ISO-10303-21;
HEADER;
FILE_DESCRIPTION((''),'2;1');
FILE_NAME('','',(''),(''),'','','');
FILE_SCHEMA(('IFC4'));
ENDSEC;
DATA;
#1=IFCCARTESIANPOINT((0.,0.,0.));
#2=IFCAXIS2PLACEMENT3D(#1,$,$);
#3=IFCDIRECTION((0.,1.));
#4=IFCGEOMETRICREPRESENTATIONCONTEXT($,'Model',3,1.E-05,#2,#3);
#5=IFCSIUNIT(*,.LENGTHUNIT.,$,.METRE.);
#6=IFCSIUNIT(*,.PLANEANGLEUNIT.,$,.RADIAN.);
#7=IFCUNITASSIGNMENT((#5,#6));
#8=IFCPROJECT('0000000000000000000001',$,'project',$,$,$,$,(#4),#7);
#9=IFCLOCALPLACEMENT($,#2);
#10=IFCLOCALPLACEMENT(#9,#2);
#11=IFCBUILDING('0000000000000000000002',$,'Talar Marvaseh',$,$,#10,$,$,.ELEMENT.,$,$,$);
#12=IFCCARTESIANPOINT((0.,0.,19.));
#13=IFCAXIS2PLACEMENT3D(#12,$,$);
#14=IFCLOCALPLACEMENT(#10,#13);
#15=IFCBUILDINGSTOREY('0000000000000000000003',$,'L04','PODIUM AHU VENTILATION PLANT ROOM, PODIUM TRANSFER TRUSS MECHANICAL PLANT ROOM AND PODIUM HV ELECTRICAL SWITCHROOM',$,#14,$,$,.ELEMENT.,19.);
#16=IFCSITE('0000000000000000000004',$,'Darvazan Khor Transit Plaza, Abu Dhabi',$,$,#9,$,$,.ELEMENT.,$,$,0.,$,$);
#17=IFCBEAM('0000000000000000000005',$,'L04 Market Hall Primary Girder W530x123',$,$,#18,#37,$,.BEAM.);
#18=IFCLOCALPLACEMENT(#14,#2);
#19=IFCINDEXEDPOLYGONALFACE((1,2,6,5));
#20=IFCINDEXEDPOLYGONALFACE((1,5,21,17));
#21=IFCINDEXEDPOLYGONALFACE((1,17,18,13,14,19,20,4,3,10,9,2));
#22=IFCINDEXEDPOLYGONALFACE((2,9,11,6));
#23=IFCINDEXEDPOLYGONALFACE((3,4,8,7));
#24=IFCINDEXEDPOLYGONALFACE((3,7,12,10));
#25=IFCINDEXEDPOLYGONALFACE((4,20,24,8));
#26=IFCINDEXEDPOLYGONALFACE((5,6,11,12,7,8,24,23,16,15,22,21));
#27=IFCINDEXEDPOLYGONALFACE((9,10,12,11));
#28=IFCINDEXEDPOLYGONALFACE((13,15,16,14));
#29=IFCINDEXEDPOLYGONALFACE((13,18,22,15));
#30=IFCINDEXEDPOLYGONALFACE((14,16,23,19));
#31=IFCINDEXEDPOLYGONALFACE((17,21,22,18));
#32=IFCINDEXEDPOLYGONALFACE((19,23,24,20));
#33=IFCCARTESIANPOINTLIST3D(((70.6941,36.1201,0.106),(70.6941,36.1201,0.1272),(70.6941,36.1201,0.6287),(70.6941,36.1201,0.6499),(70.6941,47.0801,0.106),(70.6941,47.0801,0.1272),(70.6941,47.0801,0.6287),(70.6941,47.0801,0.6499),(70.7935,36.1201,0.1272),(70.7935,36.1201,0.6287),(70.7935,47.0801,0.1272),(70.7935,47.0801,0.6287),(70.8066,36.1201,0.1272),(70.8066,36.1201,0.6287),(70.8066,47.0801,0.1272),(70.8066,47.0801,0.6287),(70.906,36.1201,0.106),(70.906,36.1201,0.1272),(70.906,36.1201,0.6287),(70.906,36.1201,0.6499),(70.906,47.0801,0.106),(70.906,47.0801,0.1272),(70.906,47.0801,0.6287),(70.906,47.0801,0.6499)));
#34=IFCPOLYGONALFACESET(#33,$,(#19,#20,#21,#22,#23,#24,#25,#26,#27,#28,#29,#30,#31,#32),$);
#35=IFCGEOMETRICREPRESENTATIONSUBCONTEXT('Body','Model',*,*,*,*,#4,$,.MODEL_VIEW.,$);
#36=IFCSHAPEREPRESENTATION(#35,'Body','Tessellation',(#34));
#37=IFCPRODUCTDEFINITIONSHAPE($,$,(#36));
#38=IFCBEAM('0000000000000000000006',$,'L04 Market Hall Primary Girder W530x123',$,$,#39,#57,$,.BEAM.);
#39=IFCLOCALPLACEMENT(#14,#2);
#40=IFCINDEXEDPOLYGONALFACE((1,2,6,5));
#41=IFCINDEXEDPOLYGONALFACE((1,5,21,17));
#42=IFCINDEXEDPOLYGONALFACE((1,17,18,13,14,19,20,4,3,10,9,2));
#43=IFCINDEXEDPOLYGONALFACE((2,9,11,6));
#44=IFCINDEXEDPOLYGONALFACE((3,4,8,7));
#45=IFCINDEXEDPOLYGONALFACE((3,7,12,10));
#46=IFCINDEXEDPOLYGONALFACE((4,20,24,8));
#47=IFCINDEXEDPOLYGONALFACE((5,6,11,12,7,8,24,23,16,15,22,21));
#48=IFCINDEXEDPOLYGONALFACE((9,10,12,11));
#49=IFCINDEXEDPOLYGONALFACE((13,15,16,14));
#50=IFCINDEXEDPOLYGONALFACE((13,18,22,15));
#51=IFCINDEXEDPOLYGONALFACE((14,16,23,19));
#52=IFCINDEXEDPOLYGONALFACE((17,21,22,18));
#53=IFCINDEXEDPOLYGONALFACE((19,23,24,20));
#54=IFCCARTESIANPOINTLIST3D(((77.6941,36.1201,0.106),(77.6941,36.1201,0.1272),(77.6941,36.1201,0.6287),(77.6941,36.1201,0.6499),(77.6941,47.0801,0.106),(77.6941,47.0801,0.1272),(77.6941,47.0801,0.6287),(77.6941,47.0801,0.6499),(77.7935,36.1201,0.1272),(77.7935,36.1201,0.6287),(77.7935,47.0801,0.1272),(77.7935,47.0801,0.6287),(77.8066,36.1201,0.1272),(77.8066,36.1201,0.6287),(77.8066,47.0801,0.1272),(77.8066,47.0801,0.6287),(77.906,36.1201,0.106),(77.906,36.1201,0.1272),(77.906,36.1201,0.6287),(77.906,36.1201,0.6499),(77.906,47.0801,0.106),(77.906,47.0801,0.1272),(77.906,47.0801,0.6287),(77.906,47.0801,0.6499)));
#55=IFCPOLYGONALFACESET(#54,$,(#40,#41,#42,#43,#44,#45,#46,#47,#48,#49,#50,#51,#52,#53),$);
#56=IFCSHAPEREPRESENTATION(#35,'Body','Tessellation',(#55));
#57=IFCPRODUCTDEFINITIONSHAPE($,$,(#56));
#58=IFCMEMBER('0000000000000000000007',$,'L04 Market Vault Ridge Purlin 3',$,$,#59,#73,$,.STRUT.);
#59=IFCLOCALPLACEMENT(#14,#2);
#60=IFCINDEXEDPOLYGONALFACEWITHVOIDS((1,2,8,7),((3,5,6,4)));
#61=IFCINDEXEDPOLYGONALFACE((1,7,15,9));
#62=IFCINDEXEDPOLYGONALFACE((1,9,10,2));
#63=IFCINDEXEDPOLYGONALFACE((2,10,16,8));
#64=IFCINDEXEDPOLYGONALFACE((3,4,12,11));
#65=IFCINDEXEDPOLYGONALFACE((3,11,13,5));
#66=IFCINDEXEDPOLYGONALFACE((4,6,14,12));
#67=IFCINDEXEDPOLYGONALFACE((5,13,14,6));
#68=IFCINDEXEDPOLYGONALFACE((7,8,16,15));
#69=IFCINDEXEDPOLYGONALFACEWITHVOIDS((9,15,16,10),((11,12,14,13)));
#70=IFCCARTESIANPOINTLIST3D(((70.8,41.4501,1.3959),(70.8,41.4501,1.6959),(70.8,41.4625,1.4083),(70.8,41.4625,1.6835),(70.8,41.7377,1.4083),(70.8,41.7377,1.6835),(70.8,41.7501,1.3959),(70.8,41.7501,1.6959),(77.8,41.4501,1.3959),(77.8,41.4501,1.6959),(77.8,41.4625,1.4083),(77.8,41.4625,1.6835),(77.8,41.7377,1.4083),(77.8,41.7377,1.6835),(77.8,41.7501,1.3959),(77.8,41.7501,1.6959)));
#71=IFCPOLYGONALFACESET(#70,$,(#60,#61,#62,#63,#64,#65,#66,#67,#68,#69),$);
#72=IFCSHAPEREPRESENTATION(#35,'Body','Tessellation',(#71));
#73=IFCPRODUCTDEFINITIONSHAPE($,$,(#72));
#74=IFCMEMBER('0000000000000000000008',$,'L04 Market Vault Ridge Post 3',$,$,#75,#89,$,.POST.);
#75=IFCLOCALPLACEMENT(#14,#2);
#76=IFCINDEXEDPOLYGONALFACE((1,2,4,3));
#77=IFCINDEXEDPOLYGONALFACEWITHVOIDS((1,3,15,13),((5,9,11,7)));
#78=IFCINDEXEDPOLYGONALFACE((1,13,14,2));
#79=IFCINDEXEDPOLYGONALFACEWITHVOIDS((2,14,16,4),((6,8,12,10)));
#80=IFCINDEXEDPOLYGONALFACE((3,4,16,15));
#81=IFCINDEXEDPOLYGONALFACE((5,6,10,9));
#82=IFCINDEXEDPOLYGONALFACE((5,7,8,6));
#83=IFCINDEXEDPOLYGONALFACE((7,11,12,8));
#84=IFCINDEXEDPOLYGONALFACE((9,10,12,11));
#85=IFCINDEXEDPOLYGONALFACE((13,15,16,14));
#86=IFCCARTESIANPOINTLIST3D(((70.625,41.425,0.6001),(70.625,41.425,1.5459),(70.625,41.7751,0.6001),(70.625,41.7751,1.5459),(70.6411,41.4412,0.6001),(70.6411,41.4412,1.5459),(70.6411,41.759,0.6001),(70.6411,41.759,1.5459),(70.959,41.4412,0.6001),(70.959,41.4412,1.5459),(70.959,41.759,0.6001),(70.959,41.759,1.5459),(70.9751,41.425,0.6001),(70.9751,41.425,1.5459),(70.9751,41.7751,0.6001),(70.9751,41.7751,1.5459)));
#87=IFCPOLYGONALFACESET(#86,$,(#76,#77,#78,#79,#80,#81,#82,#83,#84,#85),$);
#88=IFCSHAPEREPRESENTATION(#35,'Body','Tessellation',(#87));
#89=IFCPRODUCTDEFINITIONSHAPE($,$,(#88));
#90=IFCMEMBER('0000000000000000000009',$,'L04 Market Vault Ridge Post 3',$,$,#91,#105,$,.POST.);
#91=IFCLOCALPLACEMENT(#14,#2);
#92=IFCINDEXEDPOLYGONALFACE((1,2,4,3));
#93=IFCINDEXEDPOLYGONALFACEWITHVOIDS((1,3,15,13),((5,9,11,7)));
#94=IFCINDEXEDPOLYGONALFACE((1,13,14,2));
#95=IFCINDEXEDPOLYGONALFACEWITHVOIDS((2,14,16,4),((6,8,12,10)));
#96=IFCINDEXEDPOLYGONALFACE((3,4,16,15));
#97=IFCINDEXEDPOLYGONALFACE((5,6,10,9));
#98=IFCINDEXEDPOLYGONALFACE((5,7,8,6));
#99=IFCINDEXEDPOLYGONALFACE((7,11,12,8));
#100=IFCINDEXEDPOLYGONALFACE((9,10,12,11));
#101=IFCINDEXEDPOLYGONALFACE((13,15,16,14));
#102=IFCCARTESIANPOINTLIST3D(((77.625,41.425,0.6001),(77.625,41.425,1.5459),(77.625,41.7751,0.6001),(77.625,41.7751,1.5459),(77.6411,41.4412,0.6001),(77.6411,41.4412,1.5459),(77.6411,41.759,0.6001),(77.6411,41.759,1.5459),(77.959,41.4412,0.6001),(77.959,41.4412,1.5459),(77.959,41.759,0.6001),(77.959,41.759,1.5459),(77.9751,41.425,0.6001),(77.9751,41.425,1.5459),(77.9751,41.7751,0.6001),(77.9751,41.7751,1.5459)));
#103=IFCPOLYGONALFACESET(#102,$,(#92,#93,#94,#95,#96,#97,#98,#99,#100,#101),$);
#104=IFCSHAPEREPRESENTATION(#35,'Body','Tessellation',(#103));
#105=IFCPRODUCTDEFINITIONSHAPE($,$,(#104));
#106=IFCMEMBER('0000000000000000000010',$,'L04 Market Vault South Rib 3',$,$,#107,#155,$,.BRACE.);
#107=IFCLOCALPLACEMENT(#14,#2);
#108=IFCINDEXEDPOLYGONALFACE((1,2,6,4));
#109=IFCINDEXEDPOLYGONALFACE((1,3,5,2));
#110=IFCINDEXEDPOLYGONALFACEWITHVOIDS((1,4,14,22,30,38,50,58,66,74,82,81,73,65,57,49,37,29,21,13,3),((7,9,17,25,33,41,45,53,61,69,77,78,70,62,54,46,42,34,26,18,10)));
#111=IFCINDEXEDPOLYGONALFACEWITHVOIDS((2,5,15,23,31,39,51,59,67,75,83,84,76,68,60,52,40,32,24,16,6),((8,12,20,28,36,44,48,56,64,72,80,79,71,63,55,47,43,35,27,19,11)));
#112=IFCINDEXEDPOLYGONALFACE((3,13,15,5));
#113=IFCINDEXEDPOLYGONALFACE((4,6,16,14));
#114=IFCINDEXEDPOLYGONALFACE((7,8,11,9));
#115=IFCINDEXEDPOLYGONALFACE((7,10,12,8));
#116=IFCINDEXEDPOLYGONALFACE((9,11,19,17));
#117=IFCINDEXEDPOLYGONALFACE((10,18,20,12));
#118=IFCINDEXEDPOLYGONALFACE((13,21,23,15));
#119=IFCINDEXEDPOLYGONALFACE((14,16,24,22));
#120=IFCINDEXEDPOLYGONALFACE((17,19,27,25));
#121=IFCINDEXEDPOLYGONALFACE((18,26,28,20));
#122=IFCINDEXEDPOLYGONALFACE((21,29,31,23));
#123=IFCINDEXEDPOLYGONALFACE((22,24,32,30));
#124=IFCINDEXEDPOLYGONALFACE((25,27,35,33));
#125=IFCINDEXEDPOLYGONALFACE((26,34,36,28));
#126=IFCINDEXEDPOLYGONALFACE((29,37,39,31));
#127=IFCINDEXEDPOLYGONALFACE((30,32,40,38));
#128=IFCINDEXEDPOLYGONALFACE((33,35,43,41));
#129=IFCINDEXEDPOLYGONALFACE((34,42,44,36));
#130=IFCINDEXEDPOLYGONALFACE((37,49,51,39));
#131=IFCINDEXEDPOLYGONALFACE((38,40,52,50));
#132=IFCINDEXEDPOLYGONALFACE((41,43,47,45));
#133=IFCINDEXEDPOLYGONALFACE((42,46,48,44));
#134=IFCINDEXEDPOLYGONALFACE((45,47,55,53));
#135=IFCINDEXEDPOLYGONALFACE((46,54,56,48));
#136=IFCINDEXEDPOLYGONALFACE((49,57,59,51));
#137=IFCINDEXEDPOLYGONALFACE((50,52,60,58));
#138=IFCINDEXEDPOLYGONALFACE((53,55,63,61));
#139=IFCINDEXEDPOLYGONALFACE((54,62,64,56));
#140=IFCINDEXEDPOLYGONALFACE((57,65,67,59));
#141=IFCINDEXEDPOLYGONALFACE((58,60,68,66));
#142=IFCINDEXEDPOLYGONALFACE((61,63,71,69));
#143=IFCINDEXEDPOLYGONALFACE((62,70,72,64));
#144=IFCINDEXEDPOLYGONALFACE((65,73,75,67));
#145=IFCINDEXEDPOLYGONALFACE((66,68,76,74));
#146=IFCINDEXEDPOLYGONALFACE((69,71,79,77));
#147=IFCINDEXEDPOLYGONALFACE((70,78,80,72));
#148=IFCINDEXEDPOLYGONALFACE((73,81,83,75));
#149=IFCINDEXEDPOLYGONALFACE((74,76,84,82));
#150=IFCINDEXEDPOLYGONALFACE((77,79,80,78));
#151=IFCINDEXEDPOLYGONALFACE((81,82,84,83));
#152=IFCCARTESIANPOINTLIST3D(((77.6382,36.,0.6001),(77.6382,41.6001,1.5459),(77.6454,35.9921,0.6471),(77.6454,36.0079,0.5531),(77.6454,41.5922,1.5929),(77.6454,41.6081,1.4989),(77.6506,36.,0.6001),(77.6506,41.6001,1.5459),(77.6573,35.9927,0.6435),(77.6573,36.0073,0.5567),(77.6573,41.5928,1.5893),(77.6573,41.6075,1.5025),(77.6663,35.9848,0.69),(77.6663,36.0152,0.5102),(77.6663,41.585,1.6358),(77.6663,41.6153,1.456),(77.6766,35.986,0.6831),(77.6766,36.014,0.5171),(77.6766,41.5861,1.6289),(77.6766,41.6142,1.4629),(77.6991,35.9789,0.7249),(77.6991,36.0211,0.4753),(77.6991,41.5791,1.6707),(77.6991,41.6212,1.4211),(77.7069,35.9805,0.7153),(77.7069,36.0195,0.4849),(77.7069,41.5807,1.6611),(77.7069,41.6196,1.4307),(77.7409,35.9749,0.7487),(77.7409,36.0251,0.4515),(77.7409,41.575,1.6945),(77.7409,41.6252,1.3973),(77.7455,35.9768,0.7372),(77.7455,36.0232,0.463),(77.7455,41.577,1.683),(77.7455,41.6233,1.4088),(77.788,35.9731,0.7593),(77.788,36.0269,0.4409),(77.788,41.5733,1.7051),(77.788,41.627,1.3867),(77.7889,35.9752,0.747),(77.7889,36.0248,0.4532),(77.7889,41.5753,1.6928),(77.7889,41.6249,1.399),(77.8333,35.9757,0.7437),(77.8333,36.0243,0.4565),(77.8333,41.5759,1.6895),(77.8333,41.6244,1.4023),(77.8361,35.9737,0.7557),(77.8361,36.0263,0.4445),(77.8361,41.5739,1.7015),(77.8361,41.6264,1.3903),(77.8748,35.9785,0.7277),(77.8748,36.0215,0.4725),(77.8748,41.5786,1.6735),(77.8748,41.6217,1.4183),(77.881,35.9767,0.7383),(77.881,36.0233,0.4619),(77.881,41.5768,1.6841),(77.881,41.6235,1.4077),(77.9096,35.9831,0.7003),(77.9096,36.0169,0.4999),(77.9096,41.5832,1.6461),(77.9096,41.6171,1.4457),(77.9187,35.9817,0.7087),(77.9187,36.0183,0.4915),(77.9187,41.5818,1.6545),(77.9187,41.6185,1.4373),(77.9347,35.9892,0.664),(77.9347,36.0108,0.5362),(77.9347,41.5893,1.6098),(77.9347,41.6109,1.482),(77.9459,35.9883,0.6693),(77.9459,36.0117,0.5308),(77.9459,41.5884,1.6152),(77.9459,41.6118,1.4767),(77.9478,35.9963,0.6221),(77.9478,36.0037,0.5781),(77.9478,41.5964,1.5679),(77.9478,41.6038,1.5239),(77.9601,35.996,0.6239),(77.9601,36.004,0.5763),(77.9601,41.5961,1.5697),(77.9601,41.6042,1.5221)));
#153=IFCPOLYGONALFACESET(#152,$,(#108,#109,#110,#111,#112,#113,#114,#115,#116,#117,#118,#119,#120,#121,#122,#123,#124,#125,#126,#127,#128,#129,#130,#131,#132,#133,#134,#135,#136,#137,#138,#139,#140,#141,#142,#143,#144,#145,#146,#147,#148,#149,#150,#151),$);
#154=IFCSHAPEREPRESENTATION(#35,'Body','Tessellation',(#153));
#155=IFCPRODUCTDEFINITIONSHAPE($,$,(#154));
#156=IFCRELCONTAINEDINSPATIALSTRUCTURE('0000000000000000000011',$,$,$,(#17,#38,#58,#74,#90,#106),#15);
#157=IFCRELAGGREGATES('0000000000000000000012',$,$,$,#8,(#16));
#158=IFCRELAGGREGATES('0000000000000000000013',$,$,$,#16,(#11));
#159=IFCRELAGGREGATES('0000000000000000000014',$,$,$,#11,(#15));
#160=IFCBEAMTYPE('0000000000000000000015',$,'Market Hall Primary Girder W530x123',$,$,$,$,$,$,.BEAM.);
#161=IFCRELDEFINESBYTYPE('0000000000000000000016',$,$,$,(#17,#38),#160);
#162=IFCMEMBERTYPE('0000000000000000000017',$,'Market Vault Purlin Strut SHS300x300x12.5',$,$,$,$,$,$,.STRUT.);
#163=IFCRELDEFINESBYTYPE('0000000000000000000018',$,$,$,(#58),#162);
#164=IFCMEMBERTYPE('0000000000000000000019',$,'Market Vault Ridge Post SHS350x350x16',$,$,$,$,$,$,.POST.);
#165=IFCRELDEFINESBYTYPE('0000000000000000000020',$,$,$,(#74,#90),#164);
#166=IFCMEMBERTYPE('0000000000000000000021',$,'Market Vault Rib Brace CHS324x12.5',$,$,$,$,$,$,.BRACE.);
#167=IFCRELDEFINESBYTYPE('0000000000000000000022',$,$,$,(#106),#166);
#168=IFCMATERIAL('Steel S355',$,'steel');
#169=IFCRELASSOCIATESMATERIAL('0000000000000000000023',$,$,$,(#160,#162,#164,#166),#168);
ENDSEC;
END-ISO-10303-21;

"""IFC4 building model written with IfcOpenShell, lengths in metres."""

from ifc_helpers import new_model, si_unit, direction, frame, origin, origin_2d, place, context, subcontext, project, spatial, hollow_rectangle, hollow_circle, i_section, extrude, source, transform, mapped, material, material_profile, profile_set, type_object, type_shapes, element, save


model = new_model("IFC4")

# Units and contexts
model_context = context("Model", 3, precision=1e-05, world=origin(), true_north=direction((0.0, 1.0)))
body_context = subcontext(model_context, "Body", "Model", "MODEL_VIEW")
ifc_project = project(units=[si_unit("LENGTHUNIT", "METRE"), si_unit("PLANEANGLEUNIT", "RADIAN")], contexts=[model_context])

# Site, building, storey
site_placement = place(None, origin())
site = spatial("IfcSite", under=ifc_project, at=site_placement, Name="Darvazan Khor Transit Plaza, Abu Dhabi", CompositionType="ELEMENT", RefElevation=0.0)
building_placement = place(site_placement, origin())
building = spatial("IfcBuilding", under=site, at=building_placement, Name="Talar Marvaseh", CompositionType="ELEMENT")
storey_placement = place(building_placement, frame((0.0, 0.0, 19.0)))
storey = spatial("IfcBuildingStorey", under=building, at=storey_placement, Name="L04", Description="PODIUM AHU VENTILATION PLANT ROOM, PODIUM TRANSFER TRUSS MECHANICAL PLANT ROOM AND PODIUM HV ELECTRICAL SWITCHROOM", CompositionType="ELEMENT", Elevation=19.0)

# Beams
ifc_material_1 = material(Name="Steel S355", Category="steel")
ifc_material_profile_1 = material_profile(ifc_material_1, i_section(OverallWidth=0.2119, OverallDepth=0.5439, WebThickness=0.0132, FlangeThickness=0.0212, at=origin_2d()), Name="W530x123")
ifc_profile_set_1 = profile_set([ifc_material_profile_1], Name="Steel S355")
beam_type = type_object("IfcBeamType", Name="Market Hall Primary Girder W530x123", PredefinedType="BEAM", material=ifc_profile_set_1)
for number, where, z_axis, x_axis, name in (
    (1, (70.8, 36.1201, 0.3779), (0.0, 1.0, 0.0), (-1.0, 0.0, 0.0), "L04 Market Hall Primary Girder W530x123"),
    (2, (77.8, 36.1201, 0.3779), (0.0, 1.0, 0.0), (-1.0, 0.0, 0.0), "L04 Market Hall Primary Girder W530x123"),
):
    element("IfcBeam", number, at=place(storey_placement, frame(where, z_axis=z_axis, x_axis=x_axis)), inside=storey, type_object=beam_type, Name=name, PredefinedType="BEAM", context=body_context, shape_type="SweptSolid", body=[
        extrude(i_section(OverallWidth=0.2119, OverallDepth=0.5439, WebThickness=0.0132, FlangeThickness=0.0212, at=origin_2d()), origin(), (0.0, 0.0, 1.0), 10.96),
    ])

# Members
ifc_material_profile_2 = material_profile(ifc_material_1, hollow_rectangle(XDim=0.3, YDim=0.3, WallThickness=0.0125, at=origin_2d()), Name="SHS300x300x12.5")
ifc_profile_set_2 = profile_set([ifc_material_profile_2], Name="Steel S355")
member_type_1 = type_object("IfcMemberType", Name="Market Vault Purlin Strut SHS300x300x12.5", PredefinedType="STRUT", material=ifc_profile_set_2)
shared_shape_1 = source(origin(), body_context, "Body", "SweptSolid", [
    extrude(hollow_rectangle(XDim=0.3, YDim=0.3, WallThickness=0.0125, at=origin_2d()), origin(), (0.0, 0.0, 1.0), 7.0),
])
type_shapes(member_type_1, [shared_shape_1])
member_1_placement = place(storey_placement, frame((70.8, 41.6001, 1.5459), z_axis=(1.0, 0.0, 0.0), x_axis=(0.0, 1.0, 0.0)))
element("IfcMember", 3, at=member_1_placement, inside=storey, type_object=member_type_1, Name="L04 Market Vault Ridge Purlin 3", PredefinedType="STRUT", context=body_context, shape_type="MappedRepresentation", body=[
    mapped(shared_shape_1, transform((0.0, 0.0, 0.0), x_axis=(1.0, 0.0, 0.0), y_axis=(0.0, 1.0, 0.0), z_axis=(0.0, 0.0, 1.0), scale=1.0)),
])
ifc_material_profile_3 = material_profile(ifc_material_1, hollow_rectangle(XDim=0.3501, YDim=0.3501, WallThickness=0.0161, at=origin_2d()), Name="SHS350x350x16")
ifc_profile_set_3 = profile_set([ifc_material_profile_3], Name="Steel S355")
member_type_2 = type_object("IfcMemberType", Name="Market Vault Ridge Post SHS350x350x16", PredefinedType="POST", material=ifc_profile_set_3)
shared_shape_2 = source(origin(), body_context, "Body", "SweptSolid", [
    extrude(hollow_rectangle(XDim=0.3501, YDim=0.3501, WallThickness=0.0161, at=origin_2d()), origin(), (0.0, 0.0, 1.0), 0.9458),
])
type_shapes(member_type_2, [shared_shape_2])
for number, where, z_axis, x_axis, name in (
    (4, (70.8, 41.6001, 0.6001), (0.0, 0.0, 1.0), (1.0, 0.0, 0.0), "L04 Market Vault Ridge Post 3"),
    (5, (77.8, 41.6001, 0.6001), (0.0, 0.0, 1.0), (1.0, 0.0, 0.0), "L04 Market Vault Ridge Post 3"),
):
    element("IfcMember", number, at=place(storey_placement, frame(where, z_axis=z_axis, x_axis=x_axis)), inside=storey, type_object=member_type_2, Name=name, PredefinedType="POST", context=body_context, shape_type="MappedRepresentation", body=[
        mapped(shared_shape_2, transform((0.0, 0.0, 0.0), x_axis=(1.0, 0.0, 0.0), y_axis=(0.0, 1.0, 0.0), z_axis=(0.0, 0.0, 1.0), scale=1.0)),
    ])
ifc_material_profile_4 = material_profile(ifc_material_1, hollow_circle(Radius=0.1619, WallThickness=0.0125, at=origin_2d()), Name="CHS324x12.5")
ifc_profile_set_4 = profile_set([ifc_material_profile_4], Name="Steel S355")
member_type_3 = type_object("IfcMemberType", Name="Market Vault Rib Brace CHS324x12.5", PredefinedType="BRACE", material=ifc_profile_set_4)
shared_shape_3 = source(origin(), body_context, "Body", "SweptSolid", [
    extrude(hollow_circle(Radius=0.1619, WallThickness=0.0125, at=origin_2d()), origin(), (0.0, 0.0, 1.0), 5.6794),
])
member_2_placement = place(storey_placement, frame((77.8, 36.0, 0.6001), z_axis=(0.0, 0.986036, 0.166532), x_axis=(-1.0, 0.0, 0.0)))
element("IfcMember", 6, at=member_2_placement, inside=storey, type_object=member_type_3, Name="L04 Market Vault South Rib 3", PredefinedType="BRACE", context=body_context, shape_type="MappedRepresentation", body=[
    mapped(shared_shape_3, transform((0.0, 0.0, 0.0), x_axis=(1.0, 0.0, 0.0), y_axis=(0.0, 1.0, 0.0), z_axis=(0.0, 0.0, 1.0), scale=1.0)),
])

save(model, "model.ifc")
